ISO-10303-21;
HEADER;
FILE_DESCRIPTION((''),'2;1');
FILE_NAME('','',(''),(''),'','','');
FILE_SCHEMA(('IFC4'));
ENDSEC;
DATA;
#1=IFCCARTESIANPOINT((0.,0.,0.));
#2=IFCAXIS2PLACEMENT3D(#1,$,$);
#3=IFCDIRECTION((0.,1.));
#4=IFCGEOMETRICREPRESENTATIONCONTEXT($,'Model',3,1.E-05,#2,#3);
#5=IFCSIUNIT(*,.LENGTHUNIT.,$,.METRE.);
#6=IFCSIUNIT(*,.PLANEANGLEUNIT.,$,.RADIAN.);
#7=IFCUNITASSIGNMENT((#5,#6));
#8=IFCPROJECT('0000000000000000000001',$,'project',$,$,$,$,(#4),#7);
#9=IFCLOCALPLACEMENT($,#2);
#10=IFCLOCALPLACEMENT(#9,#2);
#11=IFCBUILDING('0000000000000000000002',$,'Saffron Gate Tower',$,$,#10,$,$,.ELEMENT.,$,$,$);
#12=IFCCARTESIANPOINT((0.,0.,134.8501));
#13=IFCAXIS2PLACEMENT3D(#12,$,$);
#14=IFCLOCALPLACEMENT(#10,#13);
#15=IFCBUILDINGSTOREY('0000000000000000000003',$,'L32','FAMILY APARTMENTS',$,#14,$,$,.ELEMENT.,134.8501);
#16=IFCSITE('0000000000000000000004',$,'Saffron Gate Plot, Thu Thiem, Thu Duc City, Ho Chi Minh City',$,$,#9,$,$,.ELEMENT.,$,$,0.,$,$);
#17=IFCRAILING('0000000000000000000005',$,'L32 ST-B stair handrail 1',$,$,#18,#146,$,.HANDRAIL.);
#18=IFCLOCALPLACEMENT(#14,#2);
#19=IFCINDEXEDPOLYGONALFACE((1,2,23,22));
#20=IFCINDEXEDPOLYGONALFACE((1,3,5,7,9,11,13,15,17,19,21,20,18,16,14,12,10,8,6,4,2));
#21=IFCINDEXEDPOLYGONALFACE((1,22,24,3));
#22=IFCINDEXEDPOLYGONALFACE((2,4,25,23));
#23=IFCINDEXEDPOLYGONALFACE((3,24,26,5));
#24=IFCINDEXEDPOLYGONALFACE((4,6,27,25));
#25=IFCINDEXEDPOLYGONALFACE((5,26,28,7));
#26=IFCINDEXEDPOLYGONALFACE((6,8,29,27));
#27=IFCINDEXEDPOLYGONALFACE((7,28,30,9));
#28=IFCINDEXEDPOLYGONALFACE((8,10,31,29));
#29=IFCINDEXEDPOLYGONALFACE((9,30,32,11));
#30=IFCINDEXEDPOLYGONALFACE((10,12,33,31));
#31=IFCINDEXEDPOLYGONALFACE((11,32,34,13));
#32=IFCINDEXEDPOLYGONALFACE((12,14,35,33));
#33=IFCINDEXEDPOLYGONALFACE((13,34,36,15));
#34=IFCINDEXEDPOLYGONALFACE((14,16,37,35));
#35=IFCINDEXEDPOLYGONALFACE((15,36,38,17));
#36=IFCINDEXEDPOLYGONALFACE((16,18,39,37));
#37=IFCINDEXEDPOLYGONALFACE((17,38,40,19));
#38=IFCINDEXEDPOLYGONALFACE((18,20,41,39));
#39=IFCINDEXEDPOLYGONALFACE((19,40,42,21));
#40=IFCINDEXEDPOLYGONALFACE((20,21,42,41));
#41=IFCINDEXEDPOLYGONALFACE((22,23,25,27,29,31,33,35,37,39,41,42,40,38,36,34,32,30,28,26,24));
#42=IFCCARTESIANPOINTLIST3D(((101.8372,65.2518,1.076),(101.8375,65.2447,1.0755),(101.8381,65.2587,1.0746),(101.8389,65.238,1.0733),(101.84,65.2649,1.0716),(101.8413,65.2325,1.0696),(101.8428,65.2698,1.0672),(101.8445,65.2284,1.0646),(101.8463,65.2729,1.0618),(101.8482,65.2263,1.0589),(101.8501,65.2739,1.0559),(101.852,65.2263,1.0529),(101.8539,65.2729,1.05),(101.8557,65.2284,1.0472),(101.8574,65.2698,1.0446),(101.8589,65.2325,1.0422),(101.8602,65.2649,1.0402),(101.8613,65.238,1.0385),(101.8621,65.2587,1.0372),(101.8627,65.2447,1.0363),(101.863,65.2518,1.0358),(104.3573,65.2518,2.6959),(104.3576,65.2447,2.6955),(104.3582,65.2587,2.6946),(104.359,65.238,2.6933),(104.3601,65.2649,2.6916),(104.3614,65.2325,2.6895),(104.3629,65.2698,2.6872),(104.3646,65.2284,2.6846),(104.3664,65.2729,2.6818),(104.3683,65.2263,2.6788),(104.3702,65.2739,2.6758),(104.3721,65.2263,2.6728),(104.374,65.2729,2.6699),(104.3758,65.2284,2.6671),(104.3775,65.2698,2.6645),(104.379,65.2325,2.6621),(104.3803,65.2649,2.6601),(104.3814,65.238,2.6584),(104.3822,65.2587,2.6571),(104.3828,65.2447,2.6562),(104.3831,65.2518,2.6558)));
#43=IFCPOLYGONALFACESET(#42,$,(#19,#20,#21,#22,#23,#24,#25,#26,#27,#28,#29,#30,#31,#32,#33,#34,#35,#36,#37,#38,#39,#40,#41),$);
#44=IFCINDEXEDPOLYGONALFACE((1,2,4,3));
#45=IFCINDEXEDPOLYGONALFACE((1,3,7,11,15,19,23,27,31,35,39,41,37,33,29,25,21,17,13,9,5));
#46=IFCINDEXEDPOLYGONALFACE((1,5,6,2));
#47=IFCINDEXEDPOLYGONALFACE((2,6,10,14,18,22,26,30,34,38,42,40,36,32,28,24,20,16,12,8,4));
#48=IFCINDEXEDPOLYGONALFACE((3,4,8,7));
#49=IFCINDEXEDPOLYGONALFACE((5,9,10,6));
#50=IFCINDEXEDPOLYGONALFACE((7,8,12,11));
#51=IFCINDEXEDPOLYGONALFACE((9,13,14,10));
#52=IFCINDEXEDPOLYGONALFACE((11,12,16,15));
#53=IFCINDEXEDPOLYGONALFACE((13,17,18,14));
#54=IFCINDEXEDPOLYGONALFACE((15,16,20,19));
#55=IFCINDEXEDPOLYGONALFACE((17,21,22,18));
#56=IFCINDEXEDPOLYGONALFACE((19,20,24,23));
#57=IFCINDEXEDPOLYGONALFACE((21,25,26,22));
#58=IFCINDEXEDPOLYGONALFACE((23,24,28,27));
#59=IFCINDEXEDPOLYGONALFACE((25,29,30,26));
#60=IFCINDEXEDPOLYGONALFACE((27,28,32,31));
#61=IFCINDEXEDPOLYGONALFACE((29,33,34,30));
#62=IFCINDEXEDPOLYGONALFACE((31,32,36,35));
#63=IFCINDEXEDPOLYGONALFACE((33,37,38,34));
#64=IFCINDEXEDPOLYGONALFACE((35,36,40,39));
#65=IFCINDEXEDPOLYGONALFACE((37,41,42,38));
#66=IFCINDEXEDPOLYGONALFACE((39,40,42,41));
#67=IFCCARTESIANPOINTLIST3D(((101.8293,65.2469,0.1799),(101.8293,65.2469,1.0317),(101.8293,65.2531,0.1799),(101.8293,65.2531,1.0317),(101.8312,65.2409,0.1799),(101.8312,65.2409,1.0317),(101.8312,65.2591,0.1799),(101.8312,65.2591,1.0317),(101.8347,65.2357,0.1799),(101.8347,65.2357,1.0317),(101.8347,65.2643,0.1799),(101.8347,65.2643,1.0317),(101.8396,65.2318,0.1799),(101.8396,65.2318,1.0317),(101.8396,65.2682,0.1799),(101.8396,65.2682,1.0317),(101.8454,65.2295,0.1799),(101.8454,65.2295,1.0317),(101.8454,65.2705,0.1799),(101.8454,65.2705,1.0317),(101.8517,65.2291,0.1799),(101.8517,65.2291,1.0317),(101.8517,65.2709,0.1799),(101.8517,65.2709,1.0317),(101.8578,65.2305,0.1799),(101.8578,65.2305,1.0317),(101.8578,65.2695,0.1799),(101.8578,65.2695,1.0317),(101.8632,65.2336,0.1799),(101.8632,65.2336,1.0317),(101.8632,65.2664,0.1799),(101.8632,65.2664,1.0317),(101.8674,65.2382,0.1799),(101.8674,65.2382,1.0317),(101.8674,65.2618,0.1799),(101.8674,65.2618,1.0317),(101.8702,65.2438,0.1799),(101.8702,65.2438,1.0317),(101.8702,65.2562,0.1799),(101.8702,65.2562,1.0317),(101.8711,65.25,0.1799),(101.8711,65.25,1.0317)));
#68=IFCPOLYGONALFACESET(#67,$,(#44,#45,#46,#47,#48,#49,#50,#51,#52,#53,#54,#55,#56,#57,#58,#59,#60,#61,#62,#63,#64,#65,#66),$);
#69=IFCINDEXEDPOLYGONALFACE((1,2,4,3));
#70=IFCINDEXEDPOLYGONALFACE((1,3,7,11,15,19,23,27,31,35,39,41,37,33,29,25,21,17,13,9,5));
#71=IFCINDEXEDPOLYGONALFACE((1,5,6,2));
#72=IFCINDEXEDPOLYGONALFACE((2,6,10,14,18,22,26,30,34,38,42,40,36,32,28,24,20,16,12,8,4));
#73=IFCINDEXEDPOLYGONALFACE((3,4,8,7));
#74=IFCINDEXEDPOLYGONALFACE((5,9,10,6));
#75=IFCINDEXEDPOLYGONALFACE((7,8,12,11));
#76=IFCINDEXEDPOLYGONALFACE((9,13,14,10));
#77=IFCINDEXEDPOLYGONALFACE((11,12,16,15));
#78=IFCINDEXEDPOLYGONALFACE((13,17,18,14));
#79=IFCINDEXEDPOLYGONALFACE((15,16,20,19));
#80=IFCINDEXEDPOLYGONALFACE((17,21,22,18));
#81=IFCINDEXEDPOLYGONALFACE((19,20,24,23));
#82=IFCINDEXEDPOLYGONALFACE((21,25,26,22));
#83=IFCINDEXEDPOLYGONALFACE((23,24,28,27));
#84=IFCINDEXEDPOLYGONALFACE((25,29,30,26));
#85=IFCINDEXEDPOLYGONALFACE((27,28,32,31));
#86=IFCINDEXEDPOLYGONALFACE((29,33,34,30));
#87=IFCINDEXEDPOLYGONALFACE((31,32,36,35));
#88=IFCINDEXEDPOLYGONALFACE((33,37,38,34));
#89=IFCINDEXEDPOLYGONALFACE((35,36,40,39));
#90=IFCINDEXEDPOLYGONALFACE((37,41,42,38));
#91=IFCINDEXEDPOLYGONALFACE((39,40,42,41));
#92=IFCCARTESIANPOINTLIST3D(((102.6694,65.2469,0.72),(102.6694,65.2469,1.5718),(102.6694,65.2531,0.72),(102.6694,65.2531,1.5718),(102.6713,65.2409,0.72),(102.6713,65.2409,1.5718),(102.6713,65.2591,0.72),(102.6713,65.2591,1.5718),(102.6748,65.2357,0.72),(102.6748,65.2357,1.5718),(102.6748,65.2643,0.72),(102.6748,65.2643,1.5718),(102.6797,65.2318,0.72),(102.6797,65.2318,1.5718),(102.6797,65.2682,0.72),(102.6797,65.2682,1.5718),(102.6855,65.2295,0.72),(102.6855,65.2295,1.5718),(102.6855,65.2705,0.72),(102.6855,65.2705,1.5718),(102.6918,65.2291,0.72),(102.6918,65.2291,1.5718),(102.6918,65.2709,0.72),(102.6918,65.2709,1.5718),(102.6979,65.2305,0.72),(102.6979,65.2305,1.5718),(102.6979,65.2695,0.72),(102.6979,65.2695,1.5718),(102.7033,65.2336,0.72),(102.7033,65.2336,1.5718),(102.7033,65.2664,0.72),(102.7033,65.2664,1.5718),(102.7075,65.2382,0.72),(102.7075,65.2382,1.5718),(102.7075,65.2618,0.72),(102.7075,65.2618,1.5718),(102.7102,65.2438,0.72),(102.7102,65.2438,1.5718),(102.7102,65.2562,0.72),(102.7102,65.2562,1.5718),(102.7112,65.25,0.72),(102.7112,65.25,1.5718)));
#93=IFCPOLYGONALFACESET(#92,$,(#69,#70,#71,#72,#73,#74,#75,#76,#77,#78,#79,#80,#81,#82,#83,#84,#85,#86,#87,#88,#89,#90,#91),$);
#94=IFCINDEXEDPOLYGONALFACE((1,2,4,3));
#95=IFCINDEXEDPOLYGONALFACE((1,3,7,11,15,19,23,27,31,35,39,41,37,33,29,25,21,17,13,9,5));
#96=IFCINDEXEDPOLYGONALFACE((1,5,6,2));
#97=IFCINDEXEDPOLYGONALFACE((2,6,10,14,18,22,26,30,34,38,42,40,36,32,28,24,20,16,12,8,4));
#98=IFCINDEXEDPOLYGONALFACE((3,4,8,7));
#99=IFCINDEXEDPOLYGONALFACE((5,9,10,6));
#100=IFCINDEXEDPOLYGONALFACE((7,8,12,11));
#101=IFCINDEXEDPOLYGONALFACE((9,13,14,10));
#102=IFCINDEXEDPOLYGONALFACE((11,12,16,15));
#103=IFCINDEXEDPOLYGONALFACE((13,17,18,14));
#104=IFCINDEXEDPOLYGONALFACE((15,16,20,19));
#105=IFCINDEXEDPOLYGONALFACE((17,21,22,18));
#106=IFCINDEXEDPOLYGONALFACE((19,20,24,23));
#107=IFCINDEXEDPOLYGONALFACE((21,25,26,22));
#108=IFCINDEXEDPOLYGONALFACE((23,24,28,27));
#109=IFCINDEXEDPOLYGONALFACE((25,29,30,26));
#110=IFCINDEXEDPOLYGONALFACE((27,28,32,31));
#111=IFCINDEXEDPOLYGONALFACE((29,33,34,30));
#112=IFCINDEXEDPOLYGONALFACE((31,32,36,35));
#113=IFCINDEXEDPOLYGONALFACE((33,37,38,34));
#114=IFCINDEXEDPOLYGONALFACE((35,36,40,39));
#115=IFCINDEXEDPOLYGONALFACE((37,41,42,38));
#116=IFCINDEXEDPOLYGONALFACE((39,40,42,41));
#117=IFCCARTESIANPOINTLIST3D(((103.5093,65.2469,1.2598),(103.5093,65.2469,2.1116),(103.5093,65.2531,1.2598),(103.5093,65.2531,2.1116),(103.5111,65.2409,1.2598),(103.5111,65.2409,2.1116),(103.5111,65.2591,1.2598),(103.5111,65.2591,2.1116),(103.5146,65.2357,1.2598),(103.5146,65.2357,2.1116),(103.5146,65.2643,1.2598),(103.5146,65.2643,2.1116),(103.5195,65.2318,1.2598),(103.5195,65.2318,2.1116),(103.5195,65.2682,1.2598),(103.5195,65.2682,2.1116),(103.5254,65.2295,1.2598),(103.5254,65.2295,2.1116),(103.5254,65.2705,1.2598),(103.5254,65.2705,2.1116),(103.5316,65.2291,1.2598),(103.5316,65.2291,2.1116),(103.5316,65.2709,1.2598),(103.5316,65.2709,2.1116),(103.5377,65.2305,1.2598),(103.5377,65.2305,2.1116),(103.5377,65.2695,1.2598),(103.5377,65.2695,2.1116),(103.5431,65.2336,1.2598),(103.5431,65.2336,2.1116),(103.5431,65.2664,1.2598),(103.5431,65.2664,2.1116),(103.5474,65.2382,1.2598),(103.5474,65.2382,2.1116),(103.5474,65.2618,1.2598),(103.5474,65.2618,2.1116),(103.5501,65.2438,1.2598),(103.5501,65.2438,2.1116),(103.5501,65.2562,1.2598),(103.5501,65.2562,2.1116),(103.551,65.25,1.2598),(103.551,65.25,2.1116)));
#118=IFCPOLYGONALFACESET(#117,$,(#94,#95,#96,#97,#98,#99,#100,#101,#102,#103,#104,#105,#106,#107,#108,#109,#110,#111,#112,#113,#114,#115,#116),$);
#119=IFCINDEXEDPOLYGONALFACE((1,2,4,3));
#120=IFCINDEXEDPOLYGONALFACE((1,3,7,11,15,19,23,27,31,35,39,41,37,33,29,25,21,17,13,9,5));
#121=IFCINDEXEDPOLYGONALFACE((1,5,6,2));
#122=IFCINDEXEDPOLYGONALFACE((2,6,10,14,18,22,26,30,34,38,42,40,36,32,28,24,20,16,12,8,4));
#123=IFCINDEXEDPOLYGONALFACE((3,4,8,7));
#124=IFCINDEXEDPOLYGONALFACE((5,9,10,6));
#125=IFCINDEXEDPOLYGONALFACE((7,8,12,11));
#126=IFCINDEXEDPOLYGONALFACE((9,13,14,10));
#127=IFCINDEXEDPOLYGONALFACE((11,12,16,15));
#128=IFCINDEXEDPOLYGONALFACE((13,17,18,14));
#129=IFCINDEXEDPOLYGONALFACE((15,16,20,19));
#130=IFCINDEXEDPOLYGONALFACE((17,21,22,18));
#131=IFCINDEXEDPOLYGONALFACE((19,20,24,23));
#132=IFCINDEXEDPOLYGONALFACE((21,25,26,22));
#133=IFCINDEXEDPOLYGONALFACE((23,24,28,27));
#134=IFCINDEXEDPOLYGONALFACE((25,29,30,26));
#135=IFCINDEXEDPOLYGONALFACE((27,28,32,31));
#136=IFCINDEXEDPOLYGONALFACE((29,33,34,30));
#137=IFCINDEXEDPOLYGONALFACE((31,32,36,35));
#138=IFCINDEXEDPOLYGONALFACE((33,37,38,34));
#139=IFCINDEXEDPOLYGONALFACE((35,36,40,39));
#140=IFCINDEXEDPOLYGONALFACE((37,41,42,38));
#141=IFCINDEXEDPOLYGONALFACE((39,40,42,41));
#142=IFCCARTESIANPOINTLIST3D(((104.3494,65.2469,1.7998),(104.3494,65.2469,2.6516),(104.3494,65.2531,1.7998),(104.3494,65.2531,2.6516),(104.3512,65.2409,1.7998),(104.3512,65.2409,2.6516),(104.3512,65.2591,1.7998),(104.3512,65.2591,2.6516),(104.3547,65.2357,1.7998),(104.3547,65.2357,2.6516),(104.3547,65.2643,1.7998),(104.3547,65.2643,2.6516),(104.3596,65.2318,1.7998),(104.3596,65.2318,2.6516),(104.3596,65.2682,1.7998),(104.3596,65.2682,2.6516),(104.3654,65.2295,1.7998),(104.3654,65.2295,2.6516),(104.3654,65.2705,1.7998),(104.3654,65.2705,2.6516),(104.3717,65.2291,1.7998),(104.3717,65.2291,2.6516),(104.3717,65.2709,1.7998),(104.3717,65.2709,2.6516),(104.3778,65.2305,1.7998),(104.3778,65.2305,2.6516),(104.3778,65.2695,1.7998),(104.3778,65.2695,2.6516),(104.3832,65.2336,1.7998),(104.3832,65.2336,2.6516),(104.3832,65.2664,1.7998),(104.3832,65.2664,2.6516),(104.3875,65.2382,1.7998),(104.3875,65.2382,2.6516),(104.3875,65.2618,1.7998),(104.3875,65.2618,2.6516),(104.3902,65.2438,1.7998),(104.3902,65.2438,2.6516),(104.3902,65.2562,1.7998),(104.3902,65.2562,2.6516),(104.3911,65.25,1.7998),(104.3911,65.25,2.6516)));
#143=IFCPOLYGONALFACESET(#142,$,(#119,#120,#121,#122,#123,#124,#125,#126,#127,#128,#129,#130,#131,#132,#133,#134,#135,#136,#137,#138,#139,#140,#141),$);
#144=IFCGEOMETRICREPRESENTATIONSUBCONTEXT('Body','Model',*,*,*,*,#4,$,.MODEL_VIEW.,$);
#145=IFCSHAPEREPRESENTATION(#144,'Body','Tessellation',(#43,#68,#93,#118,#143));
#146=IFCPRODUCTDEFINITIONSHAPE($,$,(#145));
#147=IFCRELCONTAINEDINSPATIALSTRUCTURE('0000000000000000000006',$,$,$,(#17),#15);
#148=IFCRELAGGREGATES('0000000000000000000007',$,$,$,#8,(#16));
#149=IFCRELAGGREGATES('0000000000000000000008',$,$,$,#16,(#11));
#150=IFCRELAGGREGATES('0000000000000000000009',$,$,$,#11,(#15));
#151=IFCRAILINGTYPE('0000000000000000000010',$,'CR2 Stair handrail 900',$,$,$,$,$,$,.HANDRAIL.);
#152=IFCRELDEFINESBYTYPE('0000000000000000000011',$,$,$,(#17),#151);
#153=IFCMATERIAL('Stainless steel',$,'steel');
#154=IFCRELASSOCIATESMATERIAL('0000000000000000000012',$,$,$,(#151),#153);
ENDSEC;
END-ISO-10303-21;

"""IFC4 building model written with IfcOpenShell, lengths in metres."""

from ifc_helpers import new_model, si_unit, direction, frame, origin, origin_2d, place, context, subcontext, project, spatial, circle, extrude, material, type_object, element, save


model = new_model("IFC4")

# Units and contexts
model_context = context("Model", 3, precision=1e-05, world=origin(), true_north=direction((0.0, 1.0)))
body_context = subcontext(model_context, "Body", "Model", "MODEL_VIEW")
ifc_project = project(units=[si_unit("LENGTHUNIT", "METRE"), si_unit("PLANEANGLEUNIT", "RADIAN")], contexts=[model_context])

# Site, building, storey
site_placement = place(None, origin())
site = spatial("IfcSite", under=ifc_project, at=site_placement, Name="Saffron Gate Plot, Thu Thiem, Thu Duc City, Ho Chi Minh City", CompositionType="ELEMENT", RefElevation=0.0)
building_placement = place(site_placement, origin())
building = spatial("IfcBuilding", under=site, at=building_placement, Name="Saffron Gate Tower", CompositionType="ELEMENT")
storey_placement = place(building_placement, frame((0.0, 0.0, 134.8501)))
storey = spatial("IfcBuildingStorey", under=building, at=storey_placement, Name="L32", Description="FAMILY APARTMENTS", CompositionType="ELEMENT", Elevation=134.8501)

# Railing
ifc_material_1 = material(Name="Stainless steel", Category="steel")
railing_type_1 = type_object("IfcRailingType", Name="CR2 Stair handrail 900", PredefinedType="HANDRAIL", material=ifc_material_1)
railing_1_placement = place(storey_placement, frame((101.8501, 65.25, 0.1799)))
element("IfcRailing", 1, at=railing_1_placement, inside=storey, type_object=railing_type_1, Name="L32 ST-B stair handrail 1", PredefinedType="HANDRAIL", context=body_context, shape_type="SweptSolid", body=[
    extrude(circle(Radius=0.0239, at=origin_2d()), frame((0.0, 0.0, 0.876), z_axis=(0.8412, 0.0, 0.540725), x_axis=(0.0, 1.0, 0.0)), (0.0, 0.0, 1.0), 2.9958),
    extrude(circle(Radius=0.021, at=origin_2d()), origin(), (0.0, 0.0, 1.0), 0.8518),
    extrude(circle(Radius=0.021, at=origin_2d()), frame((0.8401, 0.0, 0.54)), (0.0, 0.0, 1.0), 0.8518),
    extrude(circle(Radius=0.021, at=origin_2d()), frame((1.6799, 0.0, 1.0798)), (0.0, 0.0, 1.0), 0.8518),
    extrude(circle(Radius=0.021, at=origin_2d()), frame((2.52, 0.0, 1.6199)), (0.0, 0.0, 1.0), 0.8518),
])

save(model, "model.ifc")
